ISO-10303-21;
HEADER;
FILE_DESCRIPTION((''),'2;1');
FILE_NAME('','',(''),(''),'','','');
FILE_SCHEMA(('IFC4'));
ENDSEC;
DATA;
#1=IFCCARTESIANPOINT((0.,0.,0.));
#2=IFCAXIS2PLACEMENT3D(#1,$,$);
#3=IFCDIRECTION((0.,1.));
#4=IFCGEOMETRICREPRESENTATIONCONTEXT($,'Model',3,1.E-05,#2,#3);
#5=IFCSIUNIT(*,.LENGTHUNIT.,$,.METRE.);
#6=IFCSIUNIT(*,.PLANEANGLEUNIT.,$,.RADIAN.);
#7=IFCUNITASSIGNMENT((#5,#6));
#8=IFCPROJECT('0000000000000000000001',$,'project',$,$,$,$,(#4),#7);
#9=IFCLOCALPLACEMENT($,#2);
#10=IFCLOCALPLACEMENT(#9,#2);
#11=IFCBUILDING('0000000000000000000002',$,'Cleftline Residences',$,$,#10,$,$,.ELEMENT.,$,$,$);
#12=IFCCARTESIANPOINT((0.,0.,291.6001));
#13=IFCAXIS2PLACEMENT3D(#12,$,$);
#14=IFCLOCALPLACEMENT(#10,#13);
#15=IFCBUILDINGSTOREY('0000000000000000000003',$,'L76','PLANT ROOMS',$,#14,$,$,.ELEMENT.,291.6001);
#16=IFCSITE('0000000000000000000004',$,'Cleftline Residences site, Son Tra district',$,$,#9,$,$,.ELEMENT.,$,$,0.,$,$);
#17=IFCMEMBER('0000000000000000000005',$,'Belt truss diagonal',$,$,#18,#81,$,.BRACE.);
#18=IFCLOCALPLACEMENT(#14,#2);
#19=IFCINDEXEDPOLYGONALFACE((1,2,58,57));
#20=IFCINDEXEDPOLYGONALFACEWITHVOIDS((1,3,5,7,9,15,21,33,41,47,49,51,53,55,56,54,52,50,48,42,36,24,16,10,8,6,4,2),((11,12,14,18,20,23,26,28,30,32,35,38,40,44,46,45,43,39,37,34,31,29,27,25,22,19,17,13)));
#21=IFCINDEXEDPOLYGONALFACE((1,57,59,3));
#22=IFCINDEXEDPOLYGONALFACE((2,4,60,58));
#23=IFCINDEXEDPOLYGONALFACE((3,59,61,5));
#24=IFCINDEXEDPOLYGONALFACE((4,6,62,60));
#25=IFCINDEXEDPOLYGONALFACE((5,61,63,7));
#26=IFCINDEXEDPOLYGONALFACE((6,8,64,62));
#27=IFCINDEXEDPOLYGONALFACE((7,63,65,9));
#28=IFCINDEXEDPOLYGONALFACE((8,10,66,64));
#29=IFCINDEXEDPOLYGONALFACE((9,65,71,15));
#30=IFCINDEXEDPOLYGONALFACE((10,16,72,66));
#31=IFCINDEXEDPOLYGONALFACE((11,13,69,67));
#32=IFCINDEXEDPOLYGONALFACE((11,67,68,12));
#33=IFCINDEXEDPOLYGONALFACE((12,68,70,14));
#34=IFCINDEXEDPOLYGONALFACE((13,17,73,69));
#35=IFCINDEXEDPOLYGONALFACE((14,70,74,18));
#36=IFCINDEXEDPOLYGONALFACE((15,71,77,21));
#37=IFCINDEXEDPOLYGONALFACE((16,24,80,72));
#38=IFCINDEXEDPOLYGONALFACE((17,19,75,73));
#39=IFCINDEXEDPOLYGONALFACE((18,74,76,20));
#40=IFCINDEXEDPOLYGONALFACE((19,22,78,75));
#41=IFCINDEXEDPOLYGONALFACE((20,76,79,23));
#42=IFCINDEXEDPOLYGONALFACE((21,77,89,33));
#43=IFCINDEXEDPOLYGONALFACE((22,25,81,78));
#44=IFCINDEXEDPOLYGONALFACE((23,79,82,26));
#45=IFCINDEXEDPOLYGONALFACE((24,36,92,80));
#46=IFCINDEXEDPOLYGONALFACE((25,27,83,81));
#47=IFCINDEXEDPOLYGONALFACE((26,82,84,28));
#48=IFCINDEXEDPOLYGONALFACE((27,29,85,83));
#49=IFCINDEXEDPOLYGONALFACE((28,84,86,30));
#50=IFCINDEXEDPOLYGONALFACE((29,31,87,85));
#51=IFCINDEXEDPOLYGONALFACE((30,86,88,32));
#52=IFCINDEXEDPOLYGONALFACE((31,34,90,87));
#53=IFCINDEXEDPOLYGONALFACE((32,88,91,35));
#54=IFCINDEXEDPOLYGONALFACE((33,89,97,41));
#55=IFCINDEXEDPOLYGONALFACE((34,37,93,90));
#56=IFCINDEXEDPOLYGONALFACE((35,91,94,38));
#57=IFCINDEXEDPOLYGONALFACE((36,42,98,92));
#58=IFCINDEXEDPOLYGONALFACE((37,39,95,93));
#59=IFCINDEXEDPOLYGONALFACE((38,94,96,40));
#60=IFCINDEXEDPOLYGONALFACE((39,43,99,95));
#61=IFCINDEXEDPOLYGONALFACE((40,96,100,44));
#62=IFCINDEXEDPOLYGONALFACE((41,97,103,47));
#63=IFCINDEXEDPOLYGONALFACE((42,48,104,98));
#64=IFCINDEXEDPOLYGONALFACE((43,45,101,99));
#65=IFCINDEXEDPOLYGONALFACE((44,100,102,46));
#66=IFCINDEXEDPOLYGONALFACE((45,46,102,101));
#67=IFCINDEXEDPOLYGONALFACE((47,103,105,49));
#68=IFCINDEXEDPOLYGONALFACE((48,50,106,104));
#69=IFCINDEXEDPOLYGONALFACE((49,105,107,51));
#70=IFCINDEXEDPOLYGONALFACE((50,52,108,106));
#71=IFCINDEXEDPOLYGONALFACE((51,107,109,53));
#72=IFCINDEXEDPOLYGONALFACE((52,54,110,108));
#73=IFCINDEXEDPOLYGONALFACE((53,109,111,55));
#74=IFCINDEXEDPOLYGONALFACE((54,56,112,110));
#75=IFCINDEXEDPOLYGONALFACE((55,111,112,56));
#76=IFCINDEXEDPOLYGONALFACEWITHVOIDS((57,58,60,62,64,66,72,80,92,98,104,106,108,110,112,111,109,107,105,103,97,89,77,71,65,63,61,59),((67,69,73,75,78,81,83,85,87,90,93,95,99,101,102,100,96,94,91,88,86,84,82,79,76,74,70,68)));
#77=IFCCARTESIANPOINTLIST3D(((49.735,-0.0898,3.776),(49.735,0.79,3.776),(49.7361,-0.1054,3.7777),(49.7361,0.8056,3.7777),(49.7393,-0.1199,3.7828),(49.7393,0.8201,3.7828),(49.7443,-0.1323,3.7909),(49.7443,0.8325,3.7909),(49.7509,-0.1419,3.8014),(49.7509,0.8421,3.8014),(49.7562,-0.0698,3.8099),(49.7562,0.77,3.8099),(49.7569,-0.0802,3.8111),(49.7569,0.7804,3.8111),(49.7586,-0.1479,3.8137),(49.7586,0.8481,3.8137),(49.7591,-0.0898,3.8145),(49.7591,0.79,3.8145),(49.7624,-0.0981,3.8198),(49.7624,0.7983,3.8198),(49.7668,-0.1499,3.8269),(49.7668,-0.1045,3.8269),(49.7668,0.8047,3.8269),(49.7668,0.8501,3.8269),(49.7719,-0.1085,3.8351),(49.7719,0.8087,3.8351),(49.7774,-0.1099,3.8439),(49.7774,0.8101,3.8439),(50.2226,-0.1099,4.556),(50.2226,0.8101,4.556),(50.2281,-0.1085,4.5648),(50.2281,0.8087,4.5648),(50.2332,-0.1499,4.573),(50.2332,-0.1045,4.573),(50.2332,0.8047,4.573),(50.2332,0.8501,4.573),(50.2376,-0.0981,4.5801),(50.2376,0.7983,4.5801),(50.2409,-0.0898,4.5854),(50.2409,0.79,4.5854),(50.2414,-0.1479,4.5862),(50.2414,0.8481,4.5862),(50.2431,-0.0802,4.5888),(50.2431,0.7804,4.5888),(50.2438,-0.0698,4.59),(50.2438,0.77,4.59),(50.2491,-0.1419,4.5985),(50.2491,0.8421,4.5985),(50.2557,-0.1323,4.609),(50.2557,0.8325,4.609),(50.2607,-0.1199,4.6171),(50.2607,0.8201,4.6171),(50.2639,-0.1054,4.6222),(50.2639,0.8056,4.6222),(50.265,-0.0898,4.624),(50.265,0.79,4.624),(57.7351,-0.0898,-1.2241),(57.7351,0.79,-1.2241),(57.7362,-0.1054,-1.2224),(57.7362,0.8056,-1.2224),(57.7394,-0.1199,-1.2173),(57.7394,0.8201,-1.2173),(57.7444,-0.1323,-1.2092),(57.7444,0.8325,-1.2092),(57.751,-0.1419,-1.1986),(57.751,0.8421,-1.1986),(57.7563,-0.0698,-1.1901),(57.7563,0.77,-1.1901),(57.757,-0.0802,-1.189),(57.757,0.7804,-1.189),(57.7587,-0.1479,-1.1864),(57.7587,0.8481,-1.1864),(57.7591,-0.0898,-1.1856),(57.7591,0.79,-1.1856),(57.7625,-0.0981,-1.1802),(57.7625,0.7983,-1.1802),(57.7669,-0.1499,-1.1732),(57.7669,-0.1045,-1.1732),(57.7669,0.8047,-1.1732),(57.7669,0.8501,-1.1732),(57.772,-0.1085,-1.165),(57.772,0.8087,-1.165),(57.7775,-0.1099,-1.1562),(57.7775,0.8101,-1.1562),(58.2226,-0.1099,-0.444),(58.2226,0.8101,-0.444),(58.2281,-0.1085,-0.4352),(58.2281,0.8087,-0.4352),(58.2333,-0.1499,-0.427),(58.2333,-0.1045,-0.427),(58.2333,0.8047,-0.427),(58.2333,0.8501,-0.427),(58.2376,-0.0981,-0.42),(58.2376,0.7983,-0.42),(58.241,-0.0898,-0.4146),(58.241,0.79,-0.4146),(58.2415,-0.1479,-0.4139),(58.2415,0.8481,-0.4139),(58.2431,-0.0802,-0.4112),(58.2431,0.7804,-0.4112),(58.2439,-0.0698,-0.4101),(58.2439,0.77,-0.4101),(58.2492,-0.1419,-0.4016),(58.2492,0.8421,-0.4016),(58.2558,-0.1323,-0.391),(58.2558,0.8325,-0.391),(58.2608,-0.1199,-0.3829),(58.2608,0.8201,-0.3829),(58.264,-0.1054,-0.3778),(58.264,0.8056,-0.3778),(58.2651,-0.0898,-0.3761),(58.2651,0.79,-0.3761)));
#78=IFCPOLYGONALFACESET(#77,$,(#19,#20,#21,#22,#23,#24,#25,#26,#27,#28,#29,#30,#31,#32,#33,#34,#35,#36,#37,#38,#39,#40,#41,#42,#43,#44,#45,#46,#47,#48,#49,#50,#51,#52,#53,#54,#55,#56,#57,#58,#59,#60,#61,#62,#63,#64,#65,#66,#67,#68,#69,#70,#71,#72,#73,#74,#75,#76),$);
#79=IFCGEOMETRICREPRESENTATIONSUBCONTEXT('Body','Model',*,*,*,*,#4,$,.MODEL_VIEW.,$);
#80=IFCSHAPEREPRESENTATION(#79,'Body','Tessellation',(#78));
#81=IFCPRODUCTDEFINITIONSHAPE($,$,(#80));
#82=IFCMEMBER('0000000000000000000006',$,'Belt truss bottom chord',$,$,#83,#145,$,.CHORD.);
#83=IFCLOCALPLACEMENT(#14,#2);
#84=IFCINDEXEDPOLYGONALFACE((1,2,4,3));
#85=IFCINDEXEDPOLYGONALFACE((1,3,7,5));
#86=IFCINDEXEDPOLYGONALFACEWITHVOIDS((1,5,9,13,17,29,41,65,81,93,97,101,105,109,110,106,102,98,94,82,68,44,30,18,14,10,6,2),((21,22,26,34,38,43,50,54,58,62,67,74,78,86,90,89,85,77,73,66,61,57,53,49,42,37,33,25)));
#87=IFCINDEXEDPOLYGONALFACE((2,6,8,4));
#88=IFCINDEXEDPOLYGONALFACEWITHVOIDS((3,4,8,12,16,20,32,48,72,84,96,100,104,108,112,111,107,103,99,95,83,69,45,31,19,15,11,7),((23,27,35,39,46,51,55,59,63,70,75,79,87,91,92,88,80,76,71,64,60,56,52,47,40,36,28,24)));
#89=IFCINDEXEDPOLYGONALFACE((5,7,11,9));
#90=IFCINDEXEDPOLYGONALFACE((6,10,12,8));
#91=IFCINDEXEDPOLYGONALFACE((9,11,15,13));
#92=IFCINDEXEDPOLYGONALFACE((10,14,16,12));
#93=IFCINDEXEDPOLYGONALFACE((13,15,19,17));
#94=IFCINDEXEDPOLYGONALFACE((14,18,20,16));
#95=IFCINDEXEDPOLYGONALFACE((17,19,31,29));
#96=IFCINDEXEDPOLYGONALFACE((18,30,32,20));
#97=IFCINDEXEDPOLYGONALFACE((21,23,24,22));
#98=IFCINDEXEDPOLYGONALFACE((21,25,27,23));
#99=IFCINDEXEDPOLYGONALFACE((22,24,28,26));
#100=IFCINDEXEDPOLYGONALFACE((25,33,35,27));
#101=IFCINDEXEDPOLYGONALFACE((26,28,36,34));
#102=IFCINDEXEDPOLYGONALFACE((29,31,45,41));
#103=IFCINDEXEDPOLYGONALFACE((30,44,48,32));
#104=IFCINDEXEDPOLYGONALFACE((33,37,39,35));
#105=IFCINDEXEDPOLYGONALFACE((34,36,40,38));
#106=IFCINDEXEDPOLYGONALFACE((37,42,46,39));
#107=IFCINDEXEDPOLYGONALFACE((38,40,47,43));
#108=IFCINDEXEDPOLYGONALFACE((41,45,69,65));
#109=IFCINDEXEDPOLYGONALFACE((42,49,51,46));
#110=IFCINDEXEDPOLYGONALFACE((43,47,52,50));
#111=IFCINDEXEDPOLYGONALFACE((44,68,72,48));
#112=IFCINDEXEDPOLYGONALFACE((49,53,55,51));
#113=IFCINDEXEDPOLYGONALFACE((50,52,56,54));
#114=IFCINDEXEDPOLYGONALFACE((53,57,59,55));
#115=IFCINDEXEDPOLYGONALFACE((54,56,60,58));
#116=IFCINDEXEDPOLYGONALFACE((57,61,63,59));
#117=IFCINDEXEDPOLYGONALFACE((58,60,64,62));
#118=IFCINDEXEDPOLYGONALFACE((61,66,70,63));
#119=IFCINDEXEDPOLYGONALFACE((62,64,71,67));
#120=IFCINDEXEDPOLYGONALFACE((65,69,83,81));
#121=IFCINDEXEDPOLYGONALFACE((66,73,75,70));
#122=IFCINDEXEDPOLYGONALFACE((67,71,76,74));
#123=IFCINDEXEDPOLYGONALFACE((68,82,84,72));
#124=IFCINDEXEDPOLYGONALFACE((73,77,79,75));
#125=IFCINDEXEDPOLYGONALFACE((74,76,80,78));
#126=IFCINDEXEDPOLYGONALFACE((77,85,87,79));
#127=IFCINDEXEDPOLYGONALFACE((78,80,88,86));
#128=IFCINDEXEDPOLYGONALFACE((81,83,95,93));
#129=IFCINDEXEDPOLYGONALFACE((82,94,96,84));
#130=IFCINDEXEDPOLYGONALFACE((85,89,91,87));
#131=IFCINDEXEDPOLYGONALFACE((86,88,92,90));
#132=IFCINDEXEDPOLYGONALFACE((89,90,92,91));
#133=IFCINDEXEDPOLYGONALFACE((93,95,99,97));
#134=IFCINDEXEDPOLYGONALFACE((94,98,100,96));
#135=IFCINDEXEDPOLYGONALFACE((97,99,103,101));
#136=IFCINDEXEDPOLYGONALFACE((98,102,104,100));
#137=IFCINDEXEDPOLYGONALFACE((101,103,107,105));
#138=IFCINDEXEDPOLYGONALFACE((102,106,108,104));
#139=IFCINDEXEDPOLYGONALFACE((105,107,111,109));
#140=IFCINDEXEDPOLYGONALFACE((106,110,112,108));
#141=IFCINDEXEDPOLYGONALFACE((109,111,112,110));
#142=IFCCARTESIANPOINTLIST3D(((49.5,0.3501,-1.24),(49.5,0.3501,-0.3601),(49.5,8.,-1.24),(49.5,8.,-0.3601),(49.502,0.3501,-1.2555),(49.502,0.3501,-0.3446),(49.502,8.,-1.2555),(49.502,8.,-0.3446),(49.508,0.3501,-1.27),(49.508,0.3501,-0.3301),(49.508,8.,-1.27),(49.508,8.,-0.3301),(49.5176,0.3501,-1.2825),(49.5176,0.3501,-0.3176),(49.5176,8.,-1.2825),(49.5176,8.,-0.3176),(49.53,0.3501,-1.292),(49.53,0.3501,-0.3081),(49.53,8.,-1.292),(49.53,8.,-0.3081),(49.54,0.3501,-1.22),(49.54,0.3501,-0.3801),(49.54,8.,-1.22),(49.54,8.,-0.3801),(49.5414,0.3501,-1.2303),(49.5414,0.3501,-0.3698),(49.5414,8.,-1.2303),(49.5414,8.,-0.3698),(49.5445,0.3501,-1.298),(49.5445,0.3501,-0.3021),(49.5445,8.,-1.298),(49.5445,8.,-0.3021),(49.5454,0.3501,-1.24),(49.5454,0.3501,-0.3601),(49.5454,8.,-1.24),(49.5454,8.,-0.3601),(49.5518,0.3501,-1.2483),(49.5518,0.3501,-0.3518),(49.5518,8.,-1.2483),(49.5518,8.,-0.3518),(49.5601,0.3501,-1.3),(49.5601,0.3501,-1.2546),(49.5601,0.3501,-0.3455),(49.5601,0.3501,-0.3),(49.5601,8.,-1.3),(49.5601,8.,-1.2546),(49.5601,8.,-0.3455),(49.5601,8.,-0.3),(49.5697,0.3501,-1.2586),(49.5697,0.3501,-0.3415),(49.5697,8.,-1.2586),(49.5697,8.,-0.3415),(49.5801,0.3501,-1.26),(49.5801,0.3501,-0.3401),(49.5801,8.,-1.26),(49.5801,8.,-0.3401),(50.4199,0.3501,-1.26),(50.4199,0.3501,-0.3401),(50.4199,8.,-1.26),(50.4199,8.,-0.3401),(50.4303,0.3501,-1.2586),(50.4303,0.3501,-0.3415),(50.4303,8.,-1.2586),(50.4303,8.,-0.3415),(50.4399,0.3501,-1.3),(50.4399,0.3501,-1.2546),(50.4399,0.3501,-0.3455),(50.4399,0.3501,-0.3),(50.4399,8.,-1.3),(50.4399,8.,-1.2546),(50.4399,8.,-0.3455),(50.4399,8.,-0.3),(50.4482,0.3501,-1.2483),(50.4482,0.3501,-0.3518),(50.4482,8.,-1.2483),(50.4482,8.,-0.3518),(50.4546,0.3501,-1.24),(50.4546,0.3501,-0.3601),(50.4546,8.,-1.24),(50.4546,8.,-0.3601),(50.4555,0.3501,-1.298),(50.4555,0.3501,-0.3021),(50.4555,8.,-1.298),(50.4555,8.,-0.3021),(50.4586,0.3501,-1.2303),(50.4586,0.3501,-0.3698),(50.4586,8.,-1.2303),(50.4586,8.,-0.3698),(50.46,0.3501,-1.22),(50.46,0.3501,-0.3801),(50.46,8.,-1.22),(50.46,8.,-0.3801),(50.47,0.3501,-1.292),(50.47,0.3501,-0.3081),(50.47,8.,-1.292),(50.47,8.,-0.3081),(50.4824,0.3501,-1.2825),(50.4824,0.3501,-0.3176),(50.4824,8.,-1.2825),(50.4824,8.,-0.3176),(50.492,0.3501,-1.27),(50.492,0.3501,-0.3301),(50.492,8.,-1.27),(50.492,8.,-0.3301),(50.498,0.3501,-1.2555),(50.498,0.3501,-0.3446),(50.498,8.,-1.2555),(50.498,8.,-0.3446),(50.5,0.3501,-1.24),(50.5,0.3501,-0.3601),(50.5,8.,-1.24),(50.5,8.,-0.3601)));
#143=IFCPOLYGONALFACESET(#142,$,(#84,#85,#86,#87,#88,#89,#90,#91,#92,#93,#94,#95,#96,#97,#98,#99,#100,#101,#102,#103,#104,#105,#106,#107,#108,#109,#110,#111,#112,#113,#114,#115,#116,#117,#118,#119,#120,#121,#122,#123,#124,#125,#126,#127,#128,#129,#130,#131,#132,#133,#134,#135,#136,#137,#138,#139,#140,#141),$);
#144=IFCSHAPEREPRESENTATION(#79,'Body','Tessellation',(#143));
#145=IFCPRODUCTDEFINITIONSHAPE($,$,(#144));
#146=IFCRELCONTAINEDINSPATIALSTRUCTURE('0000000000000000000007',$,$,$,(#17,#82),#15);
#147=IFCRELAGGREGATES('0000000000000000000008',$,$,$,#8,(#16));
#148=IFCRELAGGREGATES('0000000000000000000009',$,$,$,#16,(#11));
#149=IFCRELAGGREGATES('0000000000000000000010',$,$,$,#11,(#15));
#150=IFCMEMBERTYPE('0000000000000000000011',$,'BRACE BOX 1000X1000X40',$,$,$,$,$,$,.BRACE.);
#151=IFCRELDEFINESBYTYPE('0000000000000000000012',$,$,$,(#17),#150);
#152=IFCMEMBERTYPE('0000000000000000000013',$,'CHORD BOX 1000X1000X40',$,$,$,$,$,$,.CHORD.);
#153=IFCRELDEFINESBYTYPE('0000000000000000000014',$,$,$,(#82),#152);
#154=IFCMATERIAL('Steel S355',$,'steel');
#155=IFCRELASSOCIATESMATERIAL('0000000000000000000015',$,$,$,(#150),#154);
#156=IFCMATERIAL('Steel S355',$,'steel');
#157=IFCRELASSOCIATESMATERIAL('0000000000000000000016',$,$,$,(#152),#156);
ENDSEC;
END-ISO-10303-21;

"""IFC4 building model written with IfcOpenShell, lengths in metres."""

from ifc_helpers import new_model, si_unit, direction, frame, origin, origin_2d, place, context, subcontext, project, spatial, hollow_rectangle, extrude, material, material_profile, profile_set, type_object, element, save


model = new_model("IFC4")

# Units and contexts
model_context = context("Model", 3, precision=1e-05, world=origin(), true_north=direction((0.0, 1.0)))
body_context = subcontext(model_context, "Body", "Model", "MODEL_VIEW")
ifc_project = project(units=[si_unit("LENGTHUNIT", "METRE"), si_unit("PLANEANGLEUNIT", "RADIAN")], contexts=[model_context])

# Site, building, storey
site_placement = place(None, origin())
site = spatial("IfcSite", under=ifc_project, at=site_placement, Name="Cleftline Residences site, Son Tra district", CompositionType="ELEMENT", RefElevation=0.0)
building_placement = place(site_placement, origin())
building = spatial("IfcBuilding", under=site, at=building_placement, Name="Cleftline Residences", CompositionType="ELEMENT")
storey_placement = place(building_placement, frame((0.0, 0.0, 291.6001)))
storey = spatial("IfcBuildingStorey", under=building, at=storey_placement, Name="L76", Description="PLANT ROOMS", CompositionType="ELEMENT", Elevation=291.6001)

# Members
ifc_material_1 = material(Name="Steel S355", Category="steel")
ifc_material_profile_1 = material_profile(ifc_material_1, hollow_rectangle(XDim=1.0, YDim=1.0, WallThickness=0.04, InnerFilletRadius=0.04, OuterFilletRadius=0.0601, at=origin_2d()))
ifc_profile_set_1 = profile_set([ifc_material_profile_1], Name="Steel S355")
member_type_1 = type_object("IfcMemberType", Name="BRACE BOX 1000X1000X40", PredefinedType="BRACE", material=ifc_profile_set_1)
for number, where, z_axis, x_axis, name in (
    (1, (50.0, 0.3501, 4.2), (0.847998, 0.0, -0.529999), (0.529999, 0.0, 0.847998), "Belt truss diagonal"),
):
    element("IfcMember", number, at=place(storey_placement, frame(where, z_axis=z_axis, x_axis=x_axis)), inside=storey, type_object=member_type_1, Name=name, PredefinedType="BRACE", context=body_context, shape_type="SweptSolid", body=[
        extrude(hollow_rectangle(XDim=1.0, YDim=1.0, WallThickness=0.04, InnerFilletRadius=0.04, OuterFilletRadius=0.0601, at=origin_2d()), origin(), (0.0, 0.0, 1.0), 9.4341),
    ])
ifc_material_2 = material(Name="Steel S355", Category="steel")
ifc_material_profile_2 = material_profile(ifc_material_2, hollow_rectangle(XDim=1.0, YDim=1.0, WallThickness=0.04, InnerFilletRadius=0.04, OuterFilletRadius=0.0601, at=origin_2d()))
ifc_profile_set_2 = profile_set([ifc_material_profile_2], Name="Steel S355")
member_type_2 = type_object("IfcMemberType", Name="CHORD BOX 1000X1000X40", PredefinedType="CHORD", material=ifc_profile_set_2)
for number, where, z_axis, x_axis, name in (
    (2, (50.0, 0.3501, -0.8), (0.0, 1.0, 0.0), (-1.0, 0.0, 0.0), "Belt truss bottom chord"),
):
    element("IfcMember", number, at=place(storey_placement, frame(where, z_axis=z_axis, x_axis=x_axis)), inside=storey, type_object=member_type_2, Name=name, PredefinedType="CHORD", context=body_context, shape_type="SweptSolid", body=[
        extrude(hollow_rectangle(XDim=1.0, YDim=1.0, WallThickness=0.04, InnerFilletRadius=0.04, OuterFilletRadius=0.0601, at=origin_2d()), origin(), (0.0, 0.0, 1.0), 7.6499),
    ])

save(model, "model.ifc")
